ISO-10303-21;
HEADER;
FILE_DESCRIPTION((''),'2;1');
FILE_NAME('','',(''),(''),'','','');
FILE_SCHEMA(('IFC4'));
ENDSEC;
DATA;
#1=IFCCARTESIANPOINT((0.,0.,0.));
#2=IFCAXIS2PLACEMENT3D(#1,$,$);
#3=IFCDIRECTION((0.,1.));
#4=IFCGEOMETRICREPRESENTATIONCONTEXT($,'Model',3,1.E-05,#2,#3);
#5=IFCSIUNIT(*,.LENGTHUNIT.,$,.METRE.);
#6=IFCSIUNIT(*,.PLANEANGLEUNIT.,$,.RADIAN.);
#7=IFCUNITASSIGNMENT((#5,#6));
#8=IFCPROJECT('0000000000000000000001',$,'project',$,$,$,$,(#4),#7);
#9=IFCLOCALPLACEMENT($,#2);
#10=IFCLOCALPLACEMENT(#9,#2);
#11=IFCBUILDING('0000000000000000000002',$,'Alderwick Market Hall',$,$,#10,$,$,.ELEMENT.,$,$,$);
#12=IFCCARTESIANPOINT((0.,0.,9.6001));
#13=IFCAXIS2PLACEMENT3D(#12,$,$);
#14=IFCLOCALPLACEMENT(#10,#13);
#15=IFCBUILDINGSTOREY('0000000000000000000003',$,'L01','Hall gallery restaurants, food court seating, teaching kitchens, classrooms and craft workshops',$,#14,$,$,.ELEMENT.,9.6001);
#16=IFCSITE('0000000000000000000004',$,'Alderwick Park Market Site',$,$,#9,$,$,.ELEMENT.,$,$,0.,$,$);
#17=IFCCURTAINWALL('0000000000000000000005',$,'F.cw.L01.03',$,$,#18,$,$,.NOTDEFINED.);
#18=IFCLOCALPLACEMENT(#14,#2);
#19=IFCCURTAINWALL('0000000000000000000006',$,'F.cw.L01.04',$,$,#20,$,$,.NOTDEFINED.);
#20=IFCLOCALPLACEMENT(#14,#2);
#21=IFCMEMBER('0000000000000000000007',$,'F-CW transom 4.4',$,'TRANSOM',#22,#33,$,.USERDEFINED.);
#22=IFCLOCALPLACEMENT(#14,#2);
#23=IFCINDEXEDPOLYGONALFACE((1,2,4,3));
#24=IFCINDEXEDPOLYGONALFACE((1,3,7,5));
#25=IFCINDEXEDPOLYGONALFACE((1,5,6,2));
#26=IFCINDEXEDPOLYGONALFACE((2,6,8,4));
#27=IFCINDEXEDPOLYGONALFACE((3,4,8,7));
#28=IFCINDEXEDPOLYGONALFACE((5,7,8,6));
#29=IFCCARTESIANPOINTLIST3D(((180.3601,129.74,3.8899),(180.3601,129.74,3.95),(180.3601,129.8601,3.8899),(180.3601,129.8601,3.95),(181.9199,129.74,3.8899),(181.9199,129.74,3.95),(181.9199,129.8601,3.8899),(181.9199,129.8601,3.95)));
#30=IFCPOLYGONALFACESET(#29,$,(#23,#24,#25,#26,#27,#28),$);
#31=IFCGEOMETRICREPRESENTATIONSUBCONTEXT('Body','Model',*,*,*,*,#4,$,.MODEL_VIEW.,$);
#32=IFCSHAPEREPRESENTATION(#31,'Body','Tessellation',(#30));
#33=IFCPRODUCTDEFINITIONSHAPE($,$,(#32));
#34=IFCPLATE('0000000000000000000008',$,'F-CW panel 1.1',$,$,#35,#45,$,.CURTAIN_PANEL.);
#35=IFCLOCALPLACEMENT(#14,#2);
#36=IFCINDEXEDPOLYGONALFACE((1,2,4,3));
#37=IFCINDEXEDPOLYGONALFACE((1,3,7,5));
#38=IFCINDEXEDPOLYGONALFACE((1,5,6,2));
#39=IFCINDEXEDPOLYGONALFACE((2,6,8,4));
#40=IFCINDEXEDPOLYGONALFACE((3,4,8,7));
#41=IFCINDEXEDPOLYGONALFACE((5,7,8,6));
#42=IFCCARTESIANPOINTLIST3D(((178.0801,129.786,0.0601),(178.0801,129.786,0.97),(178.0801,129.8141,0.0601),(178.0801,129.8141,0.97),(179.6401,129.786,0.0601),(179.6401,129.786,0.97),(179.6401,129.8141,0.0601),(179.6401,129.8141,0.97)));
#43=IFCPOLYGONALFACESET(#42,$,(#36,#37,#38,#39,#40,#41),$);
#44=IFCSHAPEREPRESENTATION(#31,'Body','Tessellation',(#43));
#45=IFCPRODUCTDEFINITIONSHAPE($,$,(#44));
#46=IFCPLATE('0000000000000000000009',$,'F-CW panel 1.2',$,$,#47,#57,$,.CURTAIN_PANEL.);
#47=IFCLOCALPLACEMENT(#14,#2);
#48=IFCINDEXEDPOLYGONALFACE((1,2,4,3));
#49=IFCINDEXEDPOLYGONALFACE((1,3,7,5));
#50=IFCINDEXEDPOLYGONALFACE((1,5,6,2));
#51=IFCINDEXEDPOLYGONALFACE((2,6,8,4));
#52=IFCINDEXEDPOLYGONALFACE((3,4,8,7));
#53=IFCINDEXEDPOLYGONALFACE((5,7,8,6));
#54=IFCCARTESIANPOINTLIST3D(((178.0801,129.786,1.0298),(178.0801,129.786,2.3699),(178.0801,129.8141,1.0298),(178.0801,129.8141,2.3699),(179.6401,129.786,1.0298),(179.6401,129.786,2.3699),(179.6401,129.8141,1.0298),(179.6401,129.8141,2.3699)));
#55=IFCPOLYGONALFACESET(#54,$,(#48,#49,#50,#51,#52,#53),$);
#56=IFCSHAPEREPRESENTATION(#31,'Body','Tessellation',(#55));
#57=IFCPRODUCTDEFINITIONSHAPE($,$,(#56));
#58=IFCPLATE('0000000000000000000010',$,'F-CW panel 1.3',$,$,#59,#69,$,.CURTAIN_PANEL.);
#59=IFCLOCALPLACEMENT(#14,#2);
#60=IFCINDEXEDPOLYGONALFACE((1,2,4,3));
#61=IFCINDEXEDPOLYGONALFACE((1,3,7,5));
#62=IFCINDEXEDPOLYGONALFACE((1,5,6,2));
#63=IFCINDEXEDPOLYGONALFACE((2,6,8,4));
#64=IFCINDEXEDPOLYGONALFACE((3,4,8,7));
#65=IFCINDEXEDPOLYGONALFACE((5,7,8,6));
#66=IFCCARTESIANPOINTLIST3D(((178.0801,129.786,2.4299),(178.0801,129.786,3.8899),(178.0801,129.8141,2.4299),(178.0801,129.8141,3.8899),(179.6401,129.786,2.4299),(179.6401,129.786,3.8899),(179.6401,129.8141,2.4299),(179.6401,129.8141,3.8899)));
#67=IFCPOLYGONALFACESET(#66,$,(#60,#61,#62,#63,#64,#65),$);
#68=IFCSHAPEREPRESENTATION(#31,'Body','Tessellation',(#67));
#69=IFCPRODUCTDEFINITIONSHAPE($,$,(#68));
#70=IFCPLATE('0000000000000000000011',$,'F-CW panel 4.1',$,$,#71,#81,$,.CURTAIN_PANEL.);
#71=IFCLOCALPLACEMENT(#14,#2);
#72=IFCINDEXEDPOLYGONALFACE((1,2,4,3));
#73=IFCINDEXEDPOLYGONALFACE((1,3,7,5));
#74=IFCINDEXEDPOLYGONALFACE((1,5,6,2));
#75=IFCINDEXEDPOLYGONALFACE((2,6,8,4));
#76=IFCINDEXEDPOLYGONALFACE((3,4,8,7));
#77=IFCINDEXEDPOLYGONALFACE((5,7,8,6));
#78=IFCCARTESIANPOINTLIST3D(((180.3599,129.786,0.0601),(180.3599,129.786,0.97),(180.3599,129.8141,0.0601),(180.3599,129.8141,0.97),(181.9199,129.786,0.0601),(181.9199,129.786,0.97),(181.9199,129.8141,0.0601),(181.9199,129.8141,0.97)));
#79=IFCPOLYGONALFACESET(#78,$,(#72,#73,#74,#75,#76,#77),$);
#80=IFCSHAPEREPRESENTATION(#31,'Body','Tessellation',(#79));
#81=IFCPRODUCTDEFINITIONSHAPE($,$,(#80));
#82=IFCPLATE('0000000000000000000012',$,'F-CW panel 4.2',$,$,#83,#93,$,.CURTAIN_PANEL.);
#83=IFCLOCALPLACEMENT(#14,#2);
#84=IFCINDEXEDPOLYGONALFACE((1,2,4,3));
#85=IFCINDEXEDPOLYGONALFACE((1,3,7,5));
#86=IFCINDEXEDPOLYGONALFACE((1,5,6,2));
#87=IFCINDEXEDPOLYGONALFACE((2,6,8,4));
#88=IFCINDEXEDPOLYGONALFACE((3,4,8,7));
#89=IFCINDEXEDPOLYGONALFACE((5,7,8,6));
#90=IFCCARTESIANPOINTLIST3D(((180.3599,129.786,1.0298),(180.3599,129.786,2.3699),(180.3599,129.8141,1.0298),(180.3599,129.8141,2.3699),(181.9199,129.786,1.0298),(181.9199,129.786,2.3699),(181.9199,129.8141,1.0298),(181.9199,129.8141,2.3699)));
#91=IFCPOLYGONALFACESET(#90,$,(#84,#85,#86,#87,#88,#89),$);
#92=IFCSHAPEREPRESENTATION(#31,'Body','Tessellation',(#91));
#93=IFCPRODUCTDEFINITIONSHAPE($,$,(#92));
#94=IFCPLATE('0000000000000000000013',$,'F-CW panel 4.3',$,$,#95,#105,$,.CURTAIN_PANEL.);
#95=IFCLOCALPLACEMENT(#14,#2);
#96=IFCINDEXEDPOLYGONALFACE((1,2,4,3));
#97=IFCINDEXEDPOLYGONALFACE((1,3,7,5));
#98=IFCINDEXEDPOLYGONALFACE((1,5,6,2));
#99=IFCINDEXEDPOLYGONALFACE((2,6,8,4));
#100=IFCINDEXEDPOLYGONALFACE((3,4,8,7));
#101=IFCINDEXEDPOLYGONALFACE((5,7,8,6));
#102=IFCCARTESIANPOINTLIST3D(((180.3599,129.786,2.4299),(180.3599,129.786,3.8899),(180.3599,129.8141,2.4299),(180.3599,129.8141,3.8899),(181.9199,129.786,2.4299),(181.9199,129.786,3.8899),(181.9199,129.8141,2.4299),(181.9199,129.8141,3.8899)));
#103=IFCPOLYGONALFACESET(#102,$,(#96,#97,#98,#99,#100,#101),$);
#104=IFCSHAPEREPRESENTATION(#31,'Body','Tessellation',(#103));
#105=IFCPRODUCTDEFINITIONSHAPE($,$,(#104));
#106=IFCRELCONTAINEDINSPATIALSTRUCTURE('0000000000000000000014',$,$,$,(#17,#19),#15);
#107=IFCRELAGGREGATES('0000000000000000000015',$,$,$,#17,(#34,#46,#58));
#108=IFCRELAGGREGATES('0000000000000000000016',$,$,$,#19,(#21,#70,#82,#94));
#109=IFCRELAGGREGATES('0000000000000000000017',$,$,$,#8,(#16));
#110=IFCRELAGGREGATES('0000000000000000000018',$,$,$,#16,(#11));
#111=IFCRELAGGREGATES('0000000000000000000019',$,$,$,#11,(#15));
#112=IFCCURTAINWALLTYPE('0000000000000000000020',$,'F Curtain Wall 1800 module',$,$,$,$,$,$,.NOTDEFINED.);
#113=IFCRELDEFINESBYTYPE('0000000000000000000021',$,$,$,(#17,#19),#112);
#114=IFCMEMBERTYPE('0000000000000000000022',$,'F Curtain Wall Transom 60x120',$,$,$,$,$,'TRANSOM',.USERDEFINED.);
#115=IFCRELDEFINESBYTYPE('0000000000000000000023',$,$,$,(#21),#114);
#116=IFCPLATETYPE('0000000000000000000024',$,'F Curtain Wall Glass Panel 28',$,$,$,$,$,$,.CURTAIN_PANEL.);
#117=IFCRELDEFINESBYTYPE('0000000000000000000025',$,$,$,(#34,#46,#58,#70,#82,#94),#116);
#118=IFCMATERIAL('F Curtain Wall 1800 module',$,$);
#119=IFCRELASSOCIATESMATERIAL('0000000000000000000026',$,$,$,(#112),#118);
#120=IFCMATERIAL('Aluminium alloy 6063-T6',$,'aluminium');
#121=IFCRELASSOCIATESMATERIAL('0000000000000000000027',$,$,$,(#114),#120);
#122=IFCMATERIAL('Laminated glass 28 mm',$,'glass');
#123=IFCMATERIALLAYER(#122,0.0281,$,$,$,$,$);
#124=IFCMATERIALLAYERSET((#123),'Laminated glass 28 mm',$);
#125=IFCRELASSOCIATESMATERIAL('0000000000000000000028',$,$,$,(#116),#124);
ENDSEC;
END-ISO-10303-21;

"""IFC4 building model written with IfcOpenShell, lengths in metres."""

from ifc_helpers import new_model, si_unit, direction, frame, origin, origin_2d, place, context, subcontext, project, spatial, rectangle, extrude, material, layer, layer_set, material_profile, profile_set, type_object, element, aggregate, save


model = new_model("IFC4")

# Units and contexts
model_context = context("Model", 3, precision=1e-05, world=origin(), true_north=direction((0.0, 1.0)))
body_context = subcontext(model_context, "Body", "Model", "MODEL_VIEW")
ifc_project = project(units=[si_unit("LENGTHUNIT", "METRE"), si_unit("PLANEANGLEUNIT", "RADIAN")], contexts=[model_context])

# Site, building, storey
site_placement = place(None, origin())
site = spatial("IfcSite", under=ifc_project, at=site_placement, Name="Alderwick Park Market Site", CompositionType="ELEMENT", RefElevation=0.0)
building_placement = place(site_placement, origin())
building = spatial("IfcBuilding", under=site, at=building_placement, Name="Alderwick Market Hall", CompositionType="ELEMENT")
storey_placement = place(building_placement, frame((0.0, 0.0, 9.6001)))
storey = spatial("IfcBuildingStorey", under=building, at=storey_placement, Name="L01", Description="Hall gallery restaurants, food court seating, teaching kitchens, classrooms and craft workshops", CompositionType="ELEMENT", Elevation=9.6001)

# Curtain wall
ifc_material_1 = material(Name="F Curtain Wall 1800 module")
curtain_wall_type = type_object("IfcCurtainWallType", Name="F Curtain Wall 1800 module", PredefinedType="NOTDEFINED", material=ifc_material_1)
curtain_wall_1_placement = place(storey_placement, origin())
curtain_wall_1 = element("IfcCurtainWall", 1, at=curtain_wall_1_placement, inside=storey, type_object=curtain_wall_type, Name="F.cw.L01.03", PredefinedType="NOTDEFINED")
ifc_material_2 = material(Name="Aluminium alloy 6063-T6", Category="aluminium")

# Curtain wall
curtain_wall_2_placement = place(storey_placement, origin())
curtain_wall_2 = element("IfcCurtainWall", 2, at=curtain_wall_2_placement, inside=storey, type_object=curtain_wall_type, Name="F.cw.L01.04", PredefinedType="NOTDEFINED")

# Member
ifc_material_profile_1 = material_profile(ifc_material_2, rectangle(XDim=0.1201, YDim=0.0601, at=origin_2d()), Name="AL 60x120")
ifc_profile_set_1 = profile_set([ifc_material_profile_1], Name="Aluminium alloy 6063-T6")
member_type_1 = type_object("IfcMemberType", Name="F Curtain Wall Transom 60x120", ElementType="TRANSOM", PredefinedType="USERDEFINED", material=ifc_profile_set_1)
member_1_placement = place(storey_placement, frame((181.9199, 129.8, 3.9199), z_axis=(-1.0, 0.0, 0.0), x_axis=(0.0, -1.0, 0.0)))
member_1 = element("IfcMember", 3, at=member_1_placement, type_object=member_type_1, Name="F-CW transom 4.4", ObjectType="TRANSOM", PredefinedType="USERDEFINED", context=body_context, shape_type="SweptSolid", body=[
    extrude(rectangle(XDim=0.1201, YDim=0.0601, at=origin_2d()), origin(), (0.0, 0.0, 1.0), 1.5598),
])

# Plates
ifc_material_3 = material(Name="Laminated glass 28 mm", Category="glass")
ifc_layer = layer(ifc_material_3, 0.0281)
ifc_layer_set = layer_set([ifc_layer], Name="Laminated glass 28 mm")
plate_type = type_object("IfcPlateType", Name="F Curtain Wall Glass Panel 28", PredefinedType="CURTAIN_PANEL", material=ifc_layer_set)
plate_1_placement = place(storey_placement, frame((178.8601, 129.8, 0.0601), z_axis=(0.0, 0.0, 1.0), x_axis=(-1.0, 0.0, 0.0)))
plate_1 = element("IfcPlate", 4, at=plate_1_placement, type_object=plate_type, Name="F-CW panel 1.1", PredefinedType="CURTAIN_PANEL", context=body_context, shape_type="SweptSolid", body=[
    extrude(rectangle(XDim=1.5601, YDim=0.0281, at=origin_2d()), origin(), (0.0, 0.0, 1.0), 0.9099),
])
plate_2_placement = place(storey_placement, frame((178.8601, 129.8, 1.0298), z_axis=(0.0, 0.0, 1.0), x_axis=(-1.0, 0.0, 0.0)))
plate_2 = element("IfcPlate", 5, at=plate_2_placement, type_object=plate_type, Name="F-CW panel 1.2", PredefinedType="CURTAIN_PANEL", context=body_context, shape_type="SweptSolid", body=[
    extrude(rectangle(XDim=1.5601, YDim=0.0281, at=origin_2d()), origin(), (0.0, 0.0, 1.0), 1.3401),
])
plate_3_placement = place(storey_placement, frame((178.8601, 129.8, 2.4299), z_axis=(0.0, 0.0, 1.0), x_axis=(-1.0, 0.0, 0.0)))
plate_3 = element("IfcPlate", 6, at=plate_3_placement, type_object=plate_type, Name="F-CW panel 1.3", PredefinedType="CURTAIN_PANEL", context=body_context, shape_type="SweptSolid", body=[
    extrude(rectangle(XDim=1.5601, YDim=0.0281, at=origin_2d()), origin(), (0.0, 0.0, 1.0), 1.46),
])
aggregate(curtain_wall_1, [plate_1, plate_2, plate_3])
plate_4_placement = place(storey_placement, frame((181.1399, 129.8, 0.0601), z_axis=(0.0, 0.0, 1.0), x_axis=(-1.0, 0.0, 0.0)))
plate_4 = element("IfcPlate", 7, at=plate_4_placement, type_object=plate_type, Name="F-CW panel 4.1", PredefinedType="CURTAIN_PANEL", context=body_context, shape_type="SweptSolid", body=[
    extrude(rectangle(XDim=1.5601, YDim=0.0281, at=origin_2d()), origin(), (0.0, 0.0, 1.0), 0.9099),
])
plate_5_placement = place(storey_placement, frame((181.1399, 129.8, 1.0298), z_axis=(0.0, 0.0, 1.0), x_axis=(-1.0, 0.0, 0.0)))
plate_5 = element("IfcPlate", 8, at=plate_5_placement, type_object=plate_type, Name="F-CW panel 4.2", PredefinedType="CURTAIN_PANEL", context=body_context, shape_type="SweptSolid", body=[
    extrude(rectangle(XDim=1.5601, YDim=0.0281, at=origin_2d()), origin(), (0.0, 0.0, 1.0), 1.3401),
])
plate_6_placement = place(storey_placement, frame((181.1399, 129.8, 2.4299), z_axis=(0.0, 0.0, 1.0), x_axis=(-1.0, 0.0, 0.0)))
plate_6 = element("IfcPlate", 9, at=plate_6_placement, type_object=plate_type, Name="F-CW panel 4.3", PredefinedType="CURTAIN_PANEL", context=body_context, shape_type="SweptSolid", body=[
    extrude(rectangle(XDim=1.5601, YDim=0.0281, at=origin_2d()), origin(), (0.0, 0.0, 1.0), 1.46),
])
aggregate(curtain_wall_2, [member_1, plate_4, plate_5, plate_6])

save(model, "model.ifc")
